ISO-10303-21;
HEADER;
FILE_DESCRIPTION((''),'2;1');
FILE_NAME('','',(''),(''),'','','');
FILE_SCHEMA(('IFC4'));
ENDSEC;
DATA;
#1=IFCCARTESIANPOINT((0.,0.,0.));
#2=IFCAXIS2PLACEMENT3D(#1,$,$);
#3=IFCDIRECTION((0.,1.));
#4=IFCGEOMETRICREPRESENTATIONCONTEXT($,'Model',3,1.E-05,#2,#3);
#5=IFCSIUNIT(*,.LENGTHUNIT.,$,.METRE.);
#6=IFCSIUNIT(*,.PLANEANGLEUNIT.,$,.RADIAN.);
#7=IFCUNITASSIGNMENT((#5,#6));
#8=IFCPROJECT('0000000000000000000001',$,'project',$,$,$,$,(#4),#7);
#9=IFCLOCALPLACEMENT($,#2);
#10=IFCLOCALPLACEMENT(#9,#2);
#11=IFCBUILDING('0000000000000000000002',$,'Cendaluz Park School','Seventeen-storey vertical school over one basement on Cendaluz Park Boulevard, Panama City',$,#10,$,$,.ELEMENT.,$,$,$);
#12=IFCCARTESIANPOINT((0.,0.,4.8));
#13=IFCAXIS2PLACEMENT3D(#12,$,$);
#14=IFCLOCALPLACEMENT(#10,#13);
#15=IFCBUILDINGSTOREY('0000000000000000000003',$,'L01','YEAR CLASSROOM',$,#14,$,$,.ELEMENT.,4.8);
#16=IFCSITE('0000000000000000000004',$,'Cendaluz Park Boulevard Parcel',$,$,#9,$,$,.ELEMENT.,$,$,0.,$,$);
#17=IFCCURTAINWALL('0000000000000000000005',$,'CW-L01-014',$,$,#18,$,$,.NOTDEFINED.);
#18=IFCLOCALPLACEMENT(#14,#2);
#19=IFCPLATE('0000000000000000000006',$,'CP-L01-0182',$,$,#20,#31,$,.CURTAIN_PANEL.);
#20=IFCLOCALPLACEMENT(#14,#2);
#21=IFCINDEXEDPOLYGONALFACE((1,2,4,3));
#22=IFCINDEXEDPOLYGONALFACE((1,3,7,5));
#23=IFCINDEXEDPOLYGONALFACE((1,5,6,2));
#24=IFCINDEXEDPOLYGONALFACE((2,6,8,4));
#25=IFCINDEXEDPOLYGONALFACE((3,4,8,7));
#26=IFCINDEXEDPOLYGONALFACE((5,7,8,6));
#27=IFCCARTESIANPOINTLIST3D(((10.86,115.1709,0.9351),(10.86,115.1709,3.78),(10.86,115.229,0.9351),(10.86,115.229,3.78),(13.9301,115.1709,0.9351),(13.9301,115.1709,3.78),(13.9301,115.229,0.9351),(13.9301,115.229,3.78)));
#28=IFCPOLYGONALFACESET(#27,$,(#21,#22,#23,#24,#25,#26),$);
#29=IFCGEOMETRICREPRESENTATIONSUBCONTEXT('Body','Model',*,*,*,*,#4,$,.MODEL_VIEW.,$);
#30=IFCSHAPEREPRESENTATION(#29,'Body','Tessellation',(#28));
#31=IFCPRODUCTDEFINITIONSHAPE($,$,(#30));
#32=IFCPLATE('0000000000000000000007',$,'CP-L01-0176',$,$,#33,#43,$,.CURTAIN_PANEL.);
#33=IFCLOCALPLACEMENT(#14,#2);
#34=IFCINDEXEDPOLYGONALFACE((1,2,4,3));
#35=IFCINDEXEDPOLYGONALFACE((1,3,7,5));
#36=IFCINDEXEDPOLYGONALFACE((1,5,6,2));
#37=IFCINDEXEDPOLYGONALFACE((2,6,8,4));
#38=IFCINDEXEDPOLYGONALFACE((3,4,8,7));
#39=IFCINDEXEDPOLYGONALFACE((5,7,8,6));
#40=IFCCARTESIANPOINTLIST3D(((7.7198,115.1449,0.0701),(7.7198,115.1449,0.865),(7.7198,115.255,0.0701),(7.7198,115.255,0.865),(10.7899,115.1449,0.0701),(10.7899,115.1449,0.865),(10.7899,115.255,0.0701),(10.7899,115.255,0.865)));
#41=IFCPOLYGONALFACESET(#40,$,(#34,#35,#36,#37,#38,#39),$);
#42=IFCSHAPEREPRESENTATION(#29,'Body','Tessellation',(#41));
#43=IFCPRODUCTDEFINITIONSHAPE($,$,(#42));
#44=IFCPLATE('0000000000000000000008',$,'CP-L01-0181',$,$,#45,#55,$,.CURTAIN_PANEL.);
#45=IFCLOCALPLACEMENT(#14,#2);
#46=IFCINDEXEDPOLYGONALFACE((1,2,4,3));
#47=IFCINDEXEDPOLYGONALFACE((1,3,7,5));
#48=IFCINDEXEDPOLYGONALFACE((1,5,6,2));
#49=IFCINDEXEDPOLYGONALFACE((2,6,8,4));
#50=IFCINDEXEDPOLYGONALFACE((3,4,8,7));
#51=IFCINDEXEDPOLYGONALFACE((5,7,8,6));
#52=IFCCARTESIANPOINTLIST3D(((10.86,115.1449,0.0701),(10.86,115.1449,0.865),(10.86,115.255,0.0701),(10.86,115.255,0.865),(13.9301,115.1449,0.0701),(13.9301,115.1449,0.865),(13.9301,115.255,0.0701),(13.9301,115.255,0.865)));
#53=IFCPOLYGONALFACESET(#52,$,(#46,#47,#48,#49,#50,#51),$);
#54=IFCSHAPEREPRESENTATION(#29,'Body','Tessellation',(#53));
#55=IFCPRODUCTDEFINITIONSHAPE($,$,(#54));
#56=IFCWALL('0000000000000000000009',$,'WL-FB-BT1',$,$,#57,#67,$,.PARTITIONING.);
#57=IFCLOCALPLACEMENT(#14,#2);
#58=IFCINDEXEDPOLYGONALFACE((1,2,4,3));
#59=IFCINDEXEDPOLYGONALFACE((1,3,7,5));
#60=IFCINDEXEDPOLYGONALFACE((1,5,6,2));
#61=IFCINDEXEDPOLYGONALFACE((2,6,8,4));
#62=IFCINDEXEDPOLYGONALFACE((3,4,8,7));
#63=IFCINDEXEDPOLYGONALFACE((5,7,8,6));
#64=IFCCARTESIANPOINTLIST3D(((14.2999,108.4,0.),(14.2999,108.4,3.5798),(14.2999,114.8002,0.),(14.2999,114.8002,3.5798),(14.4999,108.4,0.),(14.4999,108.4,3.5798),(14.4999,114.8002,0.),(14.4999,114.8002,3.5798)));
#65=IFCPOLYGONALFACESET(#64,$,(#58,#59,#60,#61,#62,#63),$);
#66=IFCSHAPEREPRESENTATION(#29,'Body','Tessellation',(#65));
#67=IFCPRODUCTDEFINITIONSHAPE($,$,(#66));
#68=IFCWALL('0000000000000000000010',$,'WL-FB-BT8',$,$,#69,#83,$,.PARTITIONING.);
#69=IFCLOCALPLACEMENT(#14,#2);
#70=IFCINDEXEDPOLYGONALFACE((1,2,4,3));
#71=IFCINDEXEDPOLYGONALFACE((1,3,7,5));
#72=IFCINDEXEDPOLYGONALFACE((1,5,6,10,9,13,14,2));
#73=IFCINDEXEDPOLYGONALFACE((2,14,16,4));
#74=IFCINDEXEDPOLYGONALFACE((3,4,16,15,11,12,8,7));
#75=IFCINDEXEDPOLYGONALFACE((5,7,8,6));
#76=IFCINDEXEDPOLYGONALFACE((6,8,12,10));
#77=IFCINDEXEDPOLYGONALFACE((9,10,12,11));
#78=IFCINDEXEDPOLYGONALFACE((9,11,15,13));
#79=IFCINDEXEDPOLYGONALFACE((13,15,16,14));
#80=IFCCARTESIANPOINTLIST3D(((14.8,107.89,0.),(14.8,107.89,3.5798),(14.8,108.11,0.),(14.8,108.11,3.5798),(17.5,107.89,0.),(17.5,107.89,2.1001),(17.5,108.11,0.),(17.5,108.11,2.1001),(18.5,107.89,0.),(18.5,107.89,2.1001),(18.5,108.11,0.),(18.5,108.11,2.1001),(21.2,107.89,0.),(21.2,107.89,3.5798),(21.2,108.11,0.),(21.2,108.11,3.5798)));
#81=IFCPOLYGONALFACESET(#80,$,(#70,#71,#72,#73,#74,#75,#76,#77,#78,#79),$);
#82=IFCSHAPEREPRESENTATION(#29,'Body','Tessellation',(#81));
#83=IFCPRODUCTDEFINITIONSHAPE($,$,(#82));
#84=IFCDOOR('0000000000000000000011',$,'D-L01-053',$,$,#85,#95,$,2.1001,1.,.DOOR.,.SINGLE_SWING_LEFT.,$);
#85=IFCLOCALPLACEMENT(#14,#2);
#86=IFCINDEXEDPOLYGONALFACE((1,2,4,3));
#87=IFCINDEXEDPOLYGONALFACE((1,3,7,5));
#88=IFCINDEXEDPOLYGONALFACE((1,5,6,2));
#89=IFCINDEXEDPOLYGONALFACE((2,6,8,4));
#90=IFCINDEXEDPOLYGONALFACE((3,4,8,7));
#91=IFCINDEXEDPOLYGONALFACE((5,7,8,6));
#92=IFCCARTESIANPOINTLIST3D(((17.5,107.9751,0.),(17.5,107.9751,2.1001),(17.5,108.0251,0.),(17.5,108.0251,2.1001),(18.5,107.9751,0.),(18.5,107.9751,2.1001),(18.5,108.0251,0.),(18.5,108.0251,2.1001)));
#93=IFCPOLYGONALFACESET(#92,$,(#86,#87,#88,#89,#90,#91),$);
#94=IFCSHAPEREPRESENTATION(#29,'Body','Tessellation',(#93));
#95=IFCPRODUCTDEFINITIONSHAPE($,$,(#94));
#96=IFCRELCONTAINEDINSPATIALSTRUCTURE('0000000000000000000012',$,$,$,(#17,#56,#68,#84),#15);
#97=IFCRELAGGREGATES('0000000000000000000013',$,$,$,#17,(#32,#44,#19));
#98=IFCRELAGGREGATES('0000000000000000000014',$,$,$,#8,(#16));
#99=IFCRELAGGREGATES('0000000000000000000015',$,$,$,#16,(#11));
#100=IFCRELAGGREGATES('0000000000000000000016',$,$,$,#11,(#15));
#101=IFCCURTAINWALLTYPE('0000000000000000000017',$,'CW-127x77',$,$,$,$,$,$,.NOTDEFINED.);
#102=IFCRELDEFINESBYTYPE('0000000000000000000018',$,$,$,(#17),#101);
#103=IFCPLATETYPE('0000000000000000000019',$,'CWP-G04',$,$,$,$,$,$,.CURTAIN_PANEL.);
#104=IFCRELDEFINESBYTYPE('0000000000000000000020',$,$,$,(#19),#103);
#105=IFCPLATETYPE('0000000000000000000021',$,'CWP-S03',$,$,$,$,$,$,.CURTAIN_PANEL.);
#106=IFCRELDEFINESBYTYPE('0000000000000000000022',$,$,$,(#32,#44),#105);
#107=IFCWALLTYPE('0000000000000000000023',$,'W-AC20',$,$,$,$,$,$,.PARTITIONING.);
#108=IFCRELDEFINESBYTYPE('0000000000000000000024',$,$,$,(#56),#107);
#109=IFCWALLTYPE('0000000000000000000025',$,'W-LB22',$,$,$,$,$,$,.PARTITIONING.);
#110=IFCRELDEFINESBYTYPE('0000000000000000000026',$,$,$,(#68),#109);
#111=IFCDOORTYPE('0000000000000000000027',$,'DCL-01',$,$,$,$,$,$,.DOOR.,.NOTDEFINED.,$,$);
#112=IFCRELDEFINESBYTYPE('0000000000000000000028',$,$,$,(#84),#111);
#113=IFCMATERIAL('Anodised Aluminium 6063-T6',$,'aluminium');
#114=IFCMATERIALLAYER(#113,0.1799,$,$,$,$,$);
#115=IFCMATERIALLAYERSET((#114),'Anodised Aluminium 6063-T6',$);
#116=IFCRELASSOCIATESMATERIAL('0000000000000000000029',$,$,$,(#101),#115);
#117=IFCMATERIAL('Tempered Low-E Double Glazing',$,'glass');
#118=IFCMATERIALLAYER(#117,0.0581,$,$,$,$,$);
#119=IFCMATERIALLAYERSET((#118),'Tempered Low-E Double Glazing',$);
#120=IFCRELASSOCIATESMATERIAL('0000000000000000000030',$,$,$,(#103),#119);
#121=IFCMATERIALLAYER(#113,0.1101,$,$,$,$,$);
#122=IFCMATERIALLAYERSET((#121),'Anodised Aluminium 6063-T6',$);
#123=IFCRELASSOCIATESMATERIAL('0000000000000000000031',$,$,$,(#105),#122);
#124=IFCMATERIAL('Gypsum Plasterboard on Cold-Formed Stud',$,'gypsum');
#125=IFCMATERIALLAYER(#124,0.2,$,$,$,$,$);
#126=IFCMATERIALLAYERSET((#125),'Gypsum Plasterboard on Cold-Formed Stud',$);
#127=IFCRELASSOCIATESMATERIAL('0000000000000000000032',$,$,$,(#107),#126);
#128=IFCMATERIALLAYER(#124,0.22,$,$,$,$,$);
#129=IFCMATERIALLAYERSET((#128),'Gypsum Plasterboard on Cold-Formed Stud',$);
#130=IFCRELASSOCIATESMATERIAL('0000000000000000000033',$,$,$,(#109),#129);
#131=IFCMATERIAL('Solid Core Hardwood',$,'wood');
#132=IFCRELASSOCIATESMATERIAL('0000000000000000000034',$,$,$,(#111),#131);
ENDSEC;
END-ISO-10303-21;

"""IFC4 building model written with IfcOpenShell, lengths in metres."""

from ifc_helpers import new_model, si_unit, direction, frame, frame_2d, origin, origin_2d, place, context, subcontext, project, spatial, rectangle, extrude, material, layer, layer_set, type_object, element, fill, aggregate, save


model = new_model("IFC4")

# Units and contexts
model_context = context("Model", 3, precision=1e-05, world=origin(), true_north=direction((0.0, 1.0)))
body_context = subcontext(model_context, "Body", "Model", "MODEL_VIEW")
ifc_project = project(units=[si_unit("LENGTHUNIT", "METRE"), si_unit("PLANEANGLEUNIT", "RADIAN")], contexts=[model_context])

# Site, building, storey
site_placement = place(None, origin())
site = spatial("IfcSite", under=ifc_project, at=site_placement, Name="Cendaluz Park Boulevard Parcel", CompositionType="ELEMENT", RefElevation=0.0)
building_placement = place(site_placement, origin())
building = spatial("IfcBuilding", under=site, at=building_placement, Name="Cendaluz Park School", Description="Seventeen-storey vertical school over one basement on Cendaluz Park Boulevard, Panama City", CompositionType="ELEMENT")
storey_placement = place(building_placement, frame((0.0, 0.0, 4.8)))
storey = spatial("IfcBuildingStorey", under=building, at=storey_placement, Name="L01", Description="YEAR CLASSROOM", CompositionType="ELEMENT", Elevation=4.8)

# Curtain wall
ifc_material_1 = material(Name="Anodised Aluminium 6063-T6", Category="aluminium")
ifc_layer_1 = layer(ifc_material_1, 0.1799)
ifc_layer_set_1 = layer_set([ifc_layer_1], Name="Anodised Aluminium 6063-T6")
curtain_wall_type_1 = type_object("IfcCurtainWallType", Name="CW-127x77", PredefinedType="NOTDEFINED", material=ifc_layer_set_1)
curtain_wall_1_placement = place(storey_placement, origin())
curtain_wall_1 = element("IfcCurtainWall", 1, at=curtain_wall_1_placement, inside=storey, type_object=curtain_wall_type_1, Name="CW-L01-014", PredefinedType="NOTDEFINED")

# Plates
ifc_material_2 = material(Name="Tempered Low-E Double Glazing", Category="glass")
ifc_layer_2 = layer(ifc_material_2, 0.0581)
ifc_layer_set_2 = layer_set([ifc_layer_2], Name="Tempered Low-E Double Glazing")
plate_type_1 = type_object("IfcPlateType", Name="CWP-G04", PredefinedType="CURTAIN_PANEL", material=ifc_layer_set_2)
plate_1_placement = place(storey_placement, frame((12.395, 115.2, 0.9351), z_axis=(0.0, 0.0, 1.0), x_axis=(1.0, 0.0, 0.0)))
plate_1 = element("IfcPlate", 2, at=plate_1_placement, type_object=plate_type_1, Name="CP-L01-0182", PredefinedType="CURTAIN_PANEL", context=body_context, shape_type="SweptSolid", body=[
    extrude(rectangle(XDim=3.0701, YDim=0.0581, at=origin_2d()), origin(), (0.0, 0.0, 1.0), 2.845),
])
ifc_layer_3 = layer(ifc_material_1, 0.1101)
ifc_layer_set_3 = layer_set([ifc_layer_3], Name="Anodised Aluminium 6063-T6")
plate_type_2 = type_object("IfcPlateType", Name="CWP-S03", PredefinedType="CURTAIN_PANEL", material=ifc_layer_set_3)
plate_2_placement = place(storey_placement, frame((9.2549, 115.2, 0.0701), z_axis=(0.0, 0.0, 1.0), x_axis=(1.0, 0.0, 0.0)))
plate_2 = element("IfcPlate", 3, at=plate_2_placement, type_object=plate_type_2, Name="CP-L01-0176", PredefinedType="CURTAIN_PANEL", context=body_context, shape_type="SweptSolid", body=[
    extrude(rectangle(XDim=3.0701, YDim=0.1101, at=origin_2d()), origin(), (0.0, 0.0, 1.0), 0.7949),
])
plate_3_placement = place(storey_placement, frame((12.395, 115.2, 0.0701), z_axis=(0.0, 0.0, 1.0), x_axis=(1.0, 0.0, 0.0)))
plate_3 = element("IfcPlate", 4, at=plate_3_placement, type_object=plate_type_2, Name="CP-L01-0181", PredefinedType="CURTAIN_PANEL", context=body_context, shape_type="SweptSolid", body=[
    extrude(rectangle(XDim=3.0701, YDim=0.1101, at=origin_2d()), origin(), (0.0, 0.0, 1.0), 0.7949),
])
aggregate(curtain_wall_1, [plate_2, plate_3, plate_1])

# Wall
ifc_material_3 = material(Name="Gypsum Plasterboard on Cold-Formed Stud", Category="gypsum")
ifc_layer_4 = layer(ifc_material_3, 0.2)
ifc_layer_set_4 = layer_set([ifc_layer_4], Name="Gypsum Plasterboard on Cold-Formed Stud")
wall_type_1 = type_object("IfcWallType", Name="W-AC20", PredefinedType="PARTITIONING", material=ifc_layer_set_4)
wall_1_placement = place(storey_placement, frame((14.3999, 108.3999, 0.0), z_axis=(0.0, 0.0, 1.0), x_axis=(0.0, 1.0, 0.0)))
element("IfcWall", 5, at=wall_1_placement, inside=storey, type_object=wall_type_1, Name="WL-FB-BT1", PredefinedType="PARTITIONING", context=body_context, shape_type="SweptSolid", body=[
    extrude(rectangle(XDim=6.4001, YDim=0.2, at=frame_2d((3.2002, 0.0))), origin(), (0.0, 0.0, 1.0), 3.5798),
])

# Wall, opening, door
ifc_layer_5 = layer(ifc_material_3, 0.22)
ifc_layer_set_5 = layer_set([ifc_layer_5], Name="Gypsum Plasterboard on Cold-Formed Stud")
wall_type_2 = type_object("IfcWallType", Name="W-LB22", PredefinedType="PARTITIONING", material=ifc_layer_set_5)
wall_2_placement = place(storey_placement, frame((14.8, 108.0, 0.0), z_axis=(0.0, 0.0, 1.0), x_axis=(1.0, 0.0, 0.0)))
wall_2 = element("IfcWall", 6, at=wall_2_placement, inside=storey, type_object=wall_type_2, Name="WL-FB-BT8", PredefinedType="PARTITIONING", context=body_context, shape_type="SweptSolid", body=[
    extrude(rectangle(XDim=6.3999, YDim=0.22, at=frame_2d((3.2, 0.0))), origin(), (0.0, 0.0, 1.0), 3.5798),
])
opening_placement = place(wall_2_placement, frame((2.7, 0.0, 0.0)))
opening = element("IfcOpeningElement", 7, at=opening_placement, cuts=wall_2, PredefinedType="OPENING", context=body_context, shape_type="SweptSolid", body=[
    extrude(rectangle(XDim=1.0, YDim=2.1001, at=frame_2d((0.5, 1.05))), frame((0.0, 0.1221, 0.0), z_axis=(0.0, -1.0, 0.0), x_axis=(1.0, 0.0, 0.0)), (0.0, 0.0, 1.0), 0.2439),
])
ifc_material_4 = material(Name="Solid Core Hardwood", Category="wood")
door_type = type_object("IfcDoorType", Name="DCL-01", OperationType="NOTDEFINED", PredefinedType="DOOR", material=ifc_material_4)
door_placement = place(opening_placement, frame((1.0, 0.0, 0.0), z_axis=(0.0, 0.0, 1.0), x_axis=(-1.0, 0.0, 0.0)))
door = element("IfcDoor", 8, at=door_placement, inside=storey, type_object=door_type, Name="D-L01-053", OperationType="SINGLE_SWING_LEFT", OverallHeight=2.1001, OverallWidth=1.0, PredefinedType="DOOR", context=body_context, shape_type="SweptSolid", body=[
    extrude(rectangle(XDim=1.0, YDim=2.1001, at=frame_2d((0.5, 1.05))), frame((0.0, 0.0249, 0.0), z_axis=(0.0, -1.0, 0.0), x_axis=(1.0, 0.0, 0.0)), (0.0, 0.0, 1.0), 0.05),
])
fill(opening, door)

save(model, "model.ifc")
